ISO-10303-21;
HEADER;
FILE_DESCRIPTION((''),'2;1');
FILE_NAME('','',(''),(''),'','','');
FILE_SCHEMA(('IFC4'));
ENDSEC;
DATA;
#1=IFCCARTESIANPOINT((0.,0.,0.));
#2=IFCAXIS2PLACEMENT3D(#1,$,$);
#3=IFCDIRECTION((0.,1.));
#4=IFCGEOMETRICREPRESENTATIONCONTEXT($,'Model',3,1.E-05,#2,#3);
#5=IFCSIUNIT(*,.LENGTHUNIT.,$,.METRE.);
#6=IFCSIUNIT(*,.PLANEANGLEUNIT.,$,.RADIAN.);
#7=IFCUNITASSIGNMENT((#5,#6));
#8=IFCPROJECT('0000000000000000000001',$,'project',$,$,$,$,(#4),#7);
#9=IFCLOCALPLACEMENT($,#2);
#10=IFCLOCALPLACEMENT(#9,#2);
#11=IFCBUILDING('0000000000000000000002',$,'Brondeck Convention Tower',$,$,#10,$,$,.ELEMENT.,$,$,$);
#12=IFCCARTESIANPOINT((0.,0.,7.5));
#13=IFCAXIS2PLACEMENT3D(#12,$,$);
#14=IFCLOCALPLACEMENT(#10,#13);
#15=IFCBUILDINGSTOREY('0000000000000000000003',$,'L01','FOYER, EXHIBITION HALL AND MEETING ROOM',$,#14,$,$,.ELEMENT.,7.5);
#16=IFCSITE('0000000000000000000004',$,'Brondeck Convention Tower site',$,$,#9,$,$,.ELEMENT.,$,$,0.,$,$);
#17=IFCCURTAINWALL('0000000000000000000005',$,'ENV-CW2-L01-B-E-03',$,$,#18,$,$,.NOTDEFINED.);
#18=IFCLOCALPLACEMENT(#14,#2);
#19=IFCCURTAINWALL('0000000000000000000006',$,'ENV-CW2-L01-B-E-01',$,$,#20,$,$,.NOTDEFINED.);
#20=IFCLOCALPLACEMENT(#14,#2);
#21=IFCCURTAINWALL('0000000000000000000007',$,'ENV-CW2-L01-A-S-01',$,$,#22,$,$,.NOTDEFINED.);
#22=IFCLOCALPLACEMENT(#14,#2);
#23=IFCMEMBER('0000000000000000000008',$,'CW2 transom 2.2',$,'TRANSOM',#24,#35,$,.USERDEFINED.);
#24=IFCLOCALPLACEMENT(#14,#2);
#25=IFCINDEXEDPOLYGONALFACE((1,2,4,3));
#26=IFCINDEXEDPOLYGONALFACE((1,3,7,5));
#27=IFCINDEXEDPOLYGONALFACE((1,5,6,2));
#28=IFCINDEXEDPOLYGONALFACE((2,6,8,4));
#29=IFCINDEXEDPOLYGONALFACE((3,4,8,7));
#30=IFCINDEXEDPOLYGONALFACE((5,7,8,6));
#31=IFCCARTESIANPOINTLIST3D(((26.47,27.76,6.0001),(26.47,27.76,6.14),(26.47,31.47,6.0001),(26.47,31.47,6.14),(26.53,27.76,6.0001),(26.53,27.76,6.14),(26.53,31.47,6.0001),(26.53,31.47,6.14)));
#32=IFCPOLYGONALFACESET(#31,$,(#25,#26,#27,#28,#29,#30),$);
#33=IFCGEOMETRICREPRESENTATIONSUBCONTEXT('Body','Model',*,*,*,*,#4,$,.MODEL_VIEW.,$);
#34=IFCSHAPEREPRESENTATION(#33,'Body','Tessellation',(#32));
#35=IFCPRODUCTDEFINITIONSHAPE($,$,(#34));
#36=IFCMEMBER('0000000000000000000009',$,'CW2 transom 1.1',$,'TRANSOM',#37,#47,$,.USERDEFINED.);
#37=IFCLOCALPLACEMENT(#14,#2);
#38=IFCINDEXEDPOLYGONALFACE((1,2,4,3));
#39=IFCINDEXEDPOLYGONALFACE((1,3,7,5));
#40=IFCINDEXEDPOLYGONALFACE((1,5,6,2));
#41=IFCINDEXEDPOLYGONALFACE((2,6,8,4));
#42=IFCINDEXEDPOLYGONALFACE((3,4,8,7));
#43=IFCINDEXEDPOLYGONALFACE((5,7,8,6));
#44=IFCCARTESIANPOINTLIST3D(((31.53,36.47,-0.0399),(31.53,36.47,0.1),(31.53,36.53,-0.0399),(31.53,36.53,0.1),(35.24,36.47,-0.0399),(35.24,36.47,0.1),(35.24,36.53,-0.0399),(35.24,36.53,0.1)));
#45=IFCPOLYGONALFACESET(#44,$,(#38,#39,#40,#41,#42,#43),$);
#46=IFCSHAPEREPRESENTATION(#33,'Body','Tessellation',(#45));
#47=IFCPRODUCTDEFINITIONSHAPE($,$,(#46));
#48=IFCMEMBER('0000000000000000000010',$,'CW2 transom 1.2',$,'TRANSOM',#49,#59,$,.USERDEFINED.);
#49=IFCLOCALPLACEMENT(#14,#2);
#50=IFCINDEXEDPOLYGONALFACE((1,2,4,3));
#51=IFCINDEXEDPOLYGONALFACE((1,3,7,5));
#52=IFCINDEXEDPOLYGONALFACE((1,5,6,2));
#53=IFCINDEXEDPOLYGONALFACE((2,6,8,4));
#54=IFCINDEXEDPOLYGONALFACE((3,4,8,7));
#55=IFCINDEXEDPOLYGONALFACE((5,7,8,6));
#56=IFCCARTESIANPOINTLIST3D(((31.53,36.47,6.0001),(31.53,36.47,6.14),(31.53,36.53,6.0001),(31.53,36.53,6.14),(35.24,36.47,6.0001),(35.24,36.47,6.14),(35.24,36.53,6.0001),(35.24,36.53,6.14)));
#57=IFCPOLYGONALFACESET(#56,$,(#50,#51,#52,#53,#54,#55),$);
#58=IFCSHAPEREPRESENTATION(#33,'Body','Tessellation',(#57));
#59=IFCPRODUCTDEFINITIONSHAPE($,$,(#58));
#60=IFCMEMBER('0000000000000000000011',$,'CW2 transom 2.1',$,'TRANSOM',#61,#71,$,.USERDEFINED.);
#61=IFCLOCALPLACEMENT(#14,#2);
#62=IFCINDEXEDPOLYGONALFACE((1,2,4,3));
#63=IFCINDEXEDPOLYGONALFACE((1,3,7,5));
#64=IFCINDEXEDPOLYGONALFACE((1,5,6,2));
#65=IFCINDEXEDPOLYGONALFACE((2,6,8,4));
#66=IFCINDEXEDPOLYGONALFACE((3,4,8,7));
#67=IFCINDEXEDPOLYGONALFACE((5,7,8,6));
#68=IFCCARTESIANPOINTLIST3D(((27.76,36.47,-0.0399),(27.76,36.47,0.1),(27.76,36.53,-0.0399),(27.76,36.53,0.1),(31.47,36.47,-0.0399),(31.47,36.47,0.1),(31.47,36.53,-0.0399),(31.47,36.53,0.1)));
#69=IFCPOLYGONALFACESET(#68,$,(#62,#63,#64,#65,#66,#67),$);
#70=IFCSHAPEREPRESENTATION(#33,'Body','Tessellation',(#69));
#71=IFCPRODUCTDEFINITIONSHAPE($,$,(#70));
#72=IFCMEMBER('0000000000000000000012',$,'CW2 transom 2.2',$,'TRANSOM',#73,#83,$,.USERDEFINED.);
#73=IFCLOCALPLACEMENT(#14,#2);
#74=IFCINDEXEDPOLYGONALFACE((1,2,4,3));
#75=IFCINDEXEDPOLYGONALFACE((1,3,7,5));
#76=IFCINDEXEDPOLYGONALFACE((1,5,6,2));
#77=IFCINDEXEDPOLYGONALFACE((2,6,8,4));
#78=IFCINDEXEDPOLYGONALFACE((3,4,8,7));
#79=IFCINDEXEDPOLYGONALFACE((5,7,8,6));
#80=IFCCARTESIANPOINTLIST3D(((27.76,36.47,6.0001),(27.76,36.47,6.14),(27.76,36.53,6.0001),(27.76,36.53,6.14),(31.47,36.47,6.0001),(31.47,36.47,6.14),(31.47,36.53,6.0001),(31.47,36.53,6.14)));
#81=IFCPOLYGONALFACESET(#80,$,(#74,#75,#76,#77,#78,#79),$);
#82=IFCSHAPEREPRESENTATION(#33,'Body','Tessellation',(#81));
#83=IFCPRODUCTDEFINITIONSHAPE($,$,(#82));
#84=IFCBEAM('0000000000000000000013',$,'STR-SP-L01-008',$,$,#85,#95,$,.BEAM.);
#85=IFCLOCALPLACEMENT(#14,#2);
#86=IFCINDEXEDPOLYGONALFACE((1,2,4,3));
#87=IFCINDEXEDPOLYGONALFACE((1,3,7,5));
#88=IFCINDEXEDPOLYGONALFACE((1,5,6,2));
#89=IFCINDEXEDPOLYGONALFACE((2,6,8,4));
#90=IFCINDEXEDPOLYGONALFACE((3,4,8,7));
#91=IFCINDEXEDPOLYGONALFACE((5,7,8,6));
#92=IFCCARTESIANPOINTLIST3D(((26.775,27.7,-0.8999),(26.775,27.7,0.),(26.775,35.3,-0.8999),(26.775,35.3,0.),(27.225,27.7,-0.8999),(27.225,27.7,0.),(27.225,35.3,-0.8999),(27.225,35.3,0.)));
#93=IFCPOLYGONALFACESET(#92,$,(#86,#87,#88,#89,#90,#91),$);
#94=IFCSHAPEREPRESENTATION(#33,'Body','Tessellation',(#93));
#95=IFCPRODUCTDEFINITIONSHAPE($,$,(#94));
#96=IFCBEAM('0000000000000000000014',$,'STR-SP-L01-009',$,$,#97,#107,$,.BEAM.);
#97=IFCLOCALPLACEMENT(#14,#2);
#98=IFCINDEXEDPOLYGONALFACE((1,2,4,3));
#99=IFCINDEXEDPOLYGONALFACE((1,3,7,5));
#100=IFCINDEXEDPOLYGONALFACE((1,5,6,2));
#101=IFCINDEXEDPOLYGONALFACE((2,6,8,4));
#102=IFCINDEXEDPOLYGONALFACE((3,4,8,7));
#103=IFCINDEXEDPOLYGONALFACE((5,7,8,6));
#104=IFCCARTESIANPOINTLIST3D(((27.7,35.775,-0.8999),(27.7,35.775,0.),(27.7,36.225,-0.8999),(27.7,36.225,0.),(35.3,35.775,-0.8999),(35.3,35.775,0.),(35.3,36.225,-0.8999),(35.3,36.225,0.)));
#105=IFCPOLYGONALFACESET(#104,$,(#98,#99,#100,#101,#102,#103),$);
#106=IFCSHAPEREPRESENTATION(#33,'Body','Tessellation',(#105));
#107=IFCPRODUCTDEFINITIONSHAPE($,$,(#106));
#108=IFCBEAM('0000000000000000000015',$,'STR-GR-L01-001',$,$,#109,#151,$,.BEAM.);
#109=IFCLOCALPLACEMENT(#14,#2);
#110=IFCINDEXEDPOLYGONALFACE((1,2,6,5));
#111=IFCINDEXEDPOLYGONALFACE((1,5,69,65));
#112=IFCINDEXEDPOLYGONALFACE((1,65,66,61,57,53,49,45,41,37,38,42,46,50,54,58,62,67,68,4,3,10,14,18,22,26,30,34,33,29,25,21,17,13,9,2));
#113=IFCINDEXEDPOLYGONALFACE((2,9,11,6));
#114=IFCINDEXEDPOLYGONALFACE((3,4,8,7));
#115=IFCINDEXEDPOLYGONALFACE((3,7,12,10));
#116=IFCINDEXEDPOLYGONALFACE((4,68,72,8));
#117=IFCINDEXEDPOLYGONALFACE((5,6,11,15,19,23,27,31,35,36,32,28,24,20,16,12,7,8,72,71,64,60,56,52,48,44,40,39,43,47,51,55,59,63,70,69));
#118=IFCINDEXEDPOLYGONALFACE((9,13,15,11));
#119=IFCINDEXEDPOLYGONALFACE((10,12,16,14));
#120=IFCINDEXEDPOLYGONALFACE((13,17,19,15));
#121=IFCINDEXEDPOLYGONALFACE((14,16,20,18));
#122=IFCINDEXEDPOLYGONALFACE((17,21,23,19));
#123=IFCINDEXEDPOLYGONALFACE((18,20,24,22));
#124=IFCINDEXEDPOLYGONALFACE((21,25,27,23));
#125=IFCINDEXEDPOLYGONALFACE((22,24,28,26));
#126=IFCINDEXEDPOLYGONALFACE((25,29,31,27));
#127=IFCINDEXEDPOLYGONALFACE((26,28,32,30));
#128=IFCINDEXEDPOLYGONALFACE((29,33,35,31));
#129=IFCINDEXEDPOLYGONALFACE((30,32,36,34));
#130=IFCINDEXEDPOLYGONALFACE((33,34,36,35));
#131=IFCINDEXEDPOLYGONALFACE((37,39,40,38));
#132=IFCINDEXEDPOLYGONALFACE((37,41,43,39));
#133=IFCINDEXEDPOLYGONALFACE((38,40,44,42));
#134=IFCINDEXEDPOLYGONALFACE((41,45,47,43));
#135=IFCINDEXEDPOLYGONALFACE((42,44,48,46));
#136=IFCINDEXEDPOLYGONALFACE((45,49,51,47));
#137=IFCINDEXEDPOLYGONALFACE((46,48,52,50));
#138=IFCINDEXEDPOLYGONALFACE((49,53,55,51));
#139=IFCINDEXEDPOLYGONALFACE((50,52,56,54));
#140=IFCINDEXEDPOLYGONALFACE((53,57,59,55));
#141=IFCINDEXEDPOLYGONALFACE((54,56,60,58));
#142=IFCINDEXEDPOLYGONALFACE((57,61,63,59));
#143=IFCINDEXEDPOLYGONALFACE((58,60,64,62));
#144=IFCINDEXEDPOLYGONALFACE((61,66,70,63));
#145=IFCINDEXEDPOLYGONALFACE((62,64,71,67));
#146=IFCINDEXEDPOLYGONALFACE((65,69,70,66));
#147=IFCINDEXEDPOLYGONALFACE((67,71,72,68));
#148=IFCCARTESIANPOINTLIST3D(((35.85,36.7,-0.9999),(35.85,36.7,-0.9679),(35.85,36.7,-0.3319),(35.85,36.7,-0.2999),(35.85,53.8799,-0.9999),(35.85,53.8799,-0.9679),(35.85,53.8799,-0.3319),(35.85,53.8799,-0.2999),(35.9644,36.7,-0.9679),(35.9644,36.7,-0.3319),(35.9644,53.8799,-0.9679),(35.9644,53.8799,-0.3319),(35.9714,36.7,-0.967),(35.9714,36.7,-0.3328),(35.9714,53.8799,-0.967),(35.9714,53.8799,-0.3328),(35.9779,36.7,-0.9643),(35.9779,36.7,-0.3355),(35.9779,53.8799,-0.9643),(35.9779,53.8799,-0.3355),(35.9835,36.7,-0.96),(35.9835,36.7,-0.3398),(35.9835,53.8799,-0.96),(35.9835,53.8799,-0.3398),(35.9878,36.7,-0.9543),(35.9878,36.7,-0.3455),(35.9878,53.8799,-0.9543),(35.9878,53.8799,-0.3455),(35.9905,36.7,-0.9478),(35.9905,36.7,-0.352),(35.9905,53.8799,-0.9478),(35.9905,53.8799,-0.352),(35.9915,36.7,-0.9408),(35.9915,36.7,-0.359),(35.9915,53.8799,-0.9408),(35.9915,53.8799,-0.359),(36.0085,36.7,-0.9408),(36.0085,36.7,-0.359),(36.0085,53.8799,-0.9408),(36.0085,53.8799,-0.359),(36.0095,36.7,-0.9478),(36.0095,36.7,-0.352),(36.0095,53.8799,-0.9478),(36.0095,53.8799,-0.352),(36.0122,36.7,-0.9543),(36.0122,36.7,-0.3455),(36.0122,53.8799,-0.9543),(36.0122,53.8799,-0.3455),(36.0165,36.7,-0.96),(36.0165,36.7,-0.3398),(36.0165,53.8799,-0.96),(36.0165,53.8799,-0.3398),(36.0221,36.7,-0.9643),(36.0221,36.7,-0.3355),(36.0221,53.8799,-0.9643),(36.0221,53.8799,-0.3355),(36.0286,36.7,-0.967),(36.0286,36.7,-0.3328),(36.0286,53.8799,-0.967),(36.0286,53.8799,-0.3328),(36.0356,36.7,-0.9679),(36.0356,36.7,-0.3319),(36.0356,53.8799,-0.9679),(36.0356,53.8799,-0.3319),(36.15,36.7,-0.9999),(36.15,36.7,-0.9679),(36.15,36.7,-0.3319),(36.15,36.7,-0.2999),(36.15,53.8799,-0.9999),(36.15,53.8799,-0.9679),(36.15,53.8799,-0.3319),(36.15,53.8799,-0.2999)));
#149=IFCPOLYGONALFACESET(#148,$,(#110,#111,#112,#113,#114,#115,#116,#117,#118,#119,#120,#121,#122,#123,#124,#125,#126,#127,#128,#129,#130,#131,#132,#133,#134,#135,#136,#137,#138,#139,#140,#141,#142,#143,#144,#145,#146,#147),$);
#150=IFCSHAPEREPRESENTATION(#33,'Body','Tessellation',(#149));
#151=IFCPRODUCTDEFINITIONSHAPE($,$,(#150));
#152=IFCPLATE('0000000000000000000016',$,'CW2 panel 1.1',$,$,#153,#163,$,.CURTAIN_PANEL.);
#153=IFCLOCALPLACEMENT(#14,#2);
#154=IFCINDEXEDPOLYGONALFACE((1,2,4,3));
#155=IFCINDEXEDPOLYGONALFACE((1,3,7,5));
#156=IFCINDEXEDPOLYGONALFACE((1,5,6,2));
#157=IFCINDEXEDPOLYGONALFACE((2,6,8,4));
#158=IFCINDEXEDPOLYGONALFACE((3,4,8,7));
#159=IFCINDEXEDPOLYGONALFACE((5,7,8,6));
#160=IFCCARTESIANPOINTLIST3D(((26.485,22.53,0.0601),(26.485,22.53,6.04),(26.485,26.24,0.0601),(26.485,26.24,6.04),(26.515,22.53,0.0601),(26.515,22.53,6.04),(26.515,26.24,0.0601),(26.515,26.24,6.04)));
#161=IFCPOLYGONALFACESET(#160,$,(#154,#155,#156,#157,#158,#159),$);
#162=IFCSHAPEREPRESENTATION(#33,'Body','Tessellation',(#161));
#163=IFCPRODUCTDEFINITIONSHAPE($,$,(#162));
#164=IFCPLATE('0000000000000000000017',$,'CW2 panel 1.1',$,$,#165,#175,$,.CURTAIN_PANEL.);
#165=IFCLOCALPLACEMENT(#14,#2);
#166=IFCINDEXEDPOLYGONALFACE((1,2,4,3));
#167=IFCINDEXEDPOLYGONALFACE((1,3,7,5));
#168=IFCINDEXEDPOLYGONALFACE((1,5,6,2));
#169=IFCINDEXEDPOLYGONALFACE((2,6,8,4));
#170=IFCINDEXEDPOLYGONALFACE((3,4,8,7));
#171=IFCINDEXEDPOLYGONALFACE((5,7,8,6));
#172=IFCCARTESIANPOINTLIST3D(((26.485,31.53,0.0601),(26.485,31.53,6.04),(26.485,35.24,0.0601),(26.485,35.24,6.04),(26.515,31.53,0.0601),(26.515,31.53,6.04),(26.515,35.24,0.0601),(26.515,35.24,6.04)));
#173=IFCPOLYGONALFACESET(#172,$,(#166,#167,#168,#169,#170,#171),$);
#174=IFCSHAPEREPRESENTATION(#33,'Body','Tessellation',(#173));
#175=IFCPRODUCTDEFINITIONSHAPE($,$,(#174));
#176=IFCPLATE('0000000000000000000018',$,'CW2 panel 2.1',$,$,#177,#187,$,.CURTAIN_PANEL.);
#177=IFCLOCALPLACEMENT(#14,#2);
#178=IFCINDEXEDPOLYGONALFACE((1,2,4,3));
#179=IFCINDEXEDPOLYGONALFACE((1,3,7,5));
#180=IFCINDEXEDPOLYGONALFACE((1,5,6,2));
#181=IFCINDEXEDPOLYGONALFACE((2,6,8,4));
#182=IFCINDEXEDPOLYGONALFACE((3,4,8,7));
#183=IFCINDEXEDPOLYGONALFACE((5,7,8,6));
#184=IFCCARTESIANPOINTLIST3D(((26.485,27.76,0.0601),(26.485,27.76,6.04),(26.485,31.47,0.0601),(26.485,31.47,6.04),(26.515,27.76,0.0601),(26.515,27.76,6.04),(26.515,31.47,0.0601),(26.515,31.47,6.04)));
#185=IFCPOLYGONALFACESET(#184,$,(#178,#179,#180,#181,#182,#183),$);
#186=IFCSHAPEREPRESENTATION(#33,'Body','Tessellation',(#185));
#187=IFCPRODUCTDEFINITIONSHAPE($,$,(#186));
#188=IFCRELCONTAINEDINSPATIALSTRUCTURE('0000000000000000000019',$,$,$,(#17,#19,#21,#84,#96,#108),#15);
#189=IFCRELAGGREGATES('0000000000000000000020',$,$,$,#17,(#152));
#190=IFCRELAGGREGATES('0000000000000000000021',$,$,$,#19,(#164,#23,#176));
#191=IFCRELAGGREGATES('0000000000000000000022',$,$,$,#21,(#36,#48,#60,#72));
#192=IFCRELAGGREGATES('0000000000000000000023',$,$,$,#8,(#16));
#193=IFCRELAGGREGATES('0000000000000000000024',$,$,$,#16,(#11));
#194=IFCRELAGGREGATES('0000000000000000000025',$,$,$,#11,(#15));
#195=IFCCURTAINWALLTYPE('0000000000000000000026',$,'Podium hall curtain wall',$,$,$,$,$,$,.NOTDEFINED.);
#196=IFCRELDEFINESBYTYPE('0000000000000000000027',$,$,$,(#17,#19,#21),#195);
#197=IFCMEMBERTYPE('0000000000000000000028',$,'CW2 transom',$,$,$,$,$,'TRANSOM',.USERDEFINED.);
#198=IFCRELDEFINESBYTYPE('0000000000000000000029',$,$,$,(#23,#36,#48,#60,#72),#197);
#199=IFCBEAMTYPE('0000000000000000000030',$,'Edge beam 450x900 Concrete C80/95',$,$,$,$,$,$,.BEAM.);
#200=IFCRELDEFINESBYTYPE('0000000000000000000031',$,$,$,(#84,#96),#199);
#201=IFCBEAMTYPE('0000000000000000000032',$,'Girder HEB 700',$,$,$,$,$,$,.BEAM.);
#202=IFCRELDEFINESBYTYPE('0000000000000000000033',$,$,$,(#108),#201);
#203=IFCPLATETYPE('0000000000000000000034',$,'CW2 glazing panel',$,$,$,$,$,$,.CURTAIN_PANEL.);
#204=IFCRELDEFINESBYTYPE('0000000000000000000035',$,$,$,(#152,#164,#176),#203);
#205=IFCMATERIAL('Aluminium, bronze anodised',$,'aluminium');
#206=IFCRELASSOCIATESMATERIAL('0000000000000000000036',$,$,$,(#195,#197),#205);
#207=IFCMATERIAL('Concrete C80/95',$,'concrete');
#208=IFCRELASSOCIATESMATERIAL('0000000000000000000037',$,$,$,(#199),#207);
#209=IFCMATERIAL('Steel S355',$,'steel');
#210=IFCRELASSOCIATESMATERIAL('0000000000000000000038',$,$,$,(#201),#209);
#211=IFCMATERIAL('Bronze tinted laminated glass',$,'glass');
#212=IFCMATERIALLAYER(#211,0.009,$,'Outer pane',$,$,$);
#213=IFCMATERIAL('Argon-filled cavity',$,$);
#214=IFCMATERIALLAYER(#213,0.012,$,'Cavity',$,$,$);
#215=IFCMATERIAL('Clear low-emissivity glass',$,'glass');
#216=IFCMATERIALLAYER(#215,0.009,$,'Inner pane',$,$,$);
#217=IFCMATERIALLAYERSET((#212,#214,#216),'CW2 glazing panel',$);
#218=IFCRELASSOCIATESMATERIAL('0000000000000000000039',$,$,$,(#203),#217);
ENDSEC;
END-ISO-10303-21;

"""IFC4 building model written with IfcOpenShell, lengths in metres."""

from ifc_helpers import new_model, si_unit, direction, frame, origin, origin_2d, place, context, subcontext, project, spatial, rectangle, i_section, extrude, material, layer, layer_set, material_profile, profile_set, type_object, element, aggregate, save


model = new_model("IFC4")

# Units and contexts
model_context = context("Model", 3, precision=1e-05, world=origin(), true_north=direction((0.0, 1.0)))
body_context = subcontext(model_context, "Body", "Model", "MODEL_VIEW")
ifc_project = project(units=[si_unit("LENGTHUNIT", "METRE"), si_unit("PLANEANGLEUNIT", "RADIAN")], contexts=[model_context])

# Site, building, storey
site_placement = place(None, origin())
site = spatial("IfcSite", under=ifc_project, at=site_placement, Name="Brondeck Convention Tower site", CompositionType="ELEMENT", RefElevation=0.0)
building_placement = place(site_placement, origin())
building = spatial("IfcBuilding", under=site, at=building_placement, Name="Brondeck Convention Tower", CompositionType="ELEMENT")
storey_placement = place(building_placement, frame((0.0, 0.0, 7.5)))
storey = spatial("IfcBuildingStorey", under=building, at=storey_placement, Name="L01", Description="FOYER, EXHIBITION HALL AND MEETING ROOM", CompositionType="ELEMENT", Elevation=7.5)

# Shared definitions
ifc_material_1 = material(Name="Concrete C80/95", Category="concrete")

# Curtain wall
ifc_material_2 = material(Name="Aluminium, bronze anodised", Category="aluminium")
curtain_wall_type = type_object("IfcCurtainWallType", Name="Podium hall curtain wall", PredefinedType="NOTDEFINED", material=ifc_material_2)
curtain_wall_1_placement = place(storey_placement, origin())
curtain_wall_1 = element("IfcCurtainWall", 1, at=curtain_wall_1_placement, inside=storey, type_object=curtain_wall_type, Name="ENV-CW2-L01-B-E-03", PredefinedType="NOTDEFINED")

# Curtain walls
curtain_wall_2_placement = place(storey_placement, origin())
curtain_wall_2 = element("IfcCurtainWall", 2, at=curtain_wall_2_placement, inside=storey, type_object=curtain_wall_type, Name="ENV-CW2-L01-B-E-01", PredefinedType="NOTDEFINED")
curtain_wall_3_placement = place(storey_placement, origin())
curtain_wall_3 = element("IfcCurtainWall", 3, at=curtain_wall_3_placement, inside=storey, type_object=curtain_wall_type, Name="ENV-CW2-L01-A-S-01", PredefinedType="NOTDEFINED")

# Members
ifc_material_profile_1 = material_profile(ifc_material_2, rectangle(XDim=0.0601, YDim=0.1399, at=origin_2d()), Name="CW2 transom")
ifc_profile_set_1 = profile_set([ifc_material_profile_1], Name="Aluminium, bronze anodised")
member_type_1 = type_object("IfcMemberType", Name="CW2 transom", ElementType="TRANSOM", PredefinedType="USERDEFINED", material=ifc_profile_set_1)
member_1_placement = place(storey_placement, frame((26.5, 31.47, 6.0701), z_axis=(0.0, -1.0, 0.0), x_axis=(1.0, 0.0, 0.0)))
member_1 = element("IfcMember", 4, at=member_1_placement, type_object=member_type_1, Name="CW2 transom 2.2", ObjectType="TRANSOM", PredefinedType="USERDEFINED", context=body_context, shape_type="SweptSolid", body=[
    extrude(rectangle(XDim=0.0601, YDim=0.1399, at=origin_2d()), origin(), (0.0, 0.0, 1.0), 3.71),
])
member_2_placement = place(storey_placement, frame((35.24, 36.5, 0.03), z_axis=(-1.0, 0.0, 0.0), x_axis=(0.0, -1.0, 0.0)))
member_2 = element("IfcMember", 5, at=member_2_placement, type_object=member_type_1, Name="CW2 transom 1.1", ObjectType="TRANSOM", PredefinedType="USERDEFINED", context=body_context, shape_type="SweptSolid", body=[
    extrude(rectangle(XDim=0.0601, YDim=0.1399, at=origin_2d()), origin(), (0.0, 0.0, 1.0), 3.71),
])
member_3_placement = place(storey_placement, frame((35.24, 36.5, 6.0701), z_axis=(-1.0, 0.0, 0.0), x_axis=(0.0, -1.0, 0.0)))
member_3 = element("IfcMember", 6, at=member_3_placement, type_object=member_type_1, Name="CW2 transom 1.2", ObjectType="TRANSOM", PredefinedType="USERDEFINED", context=body_context, shape_type="SweptSolid", body=[
    extrude(rectangle(XDim=0.0601, YDim=0.1399, at=origin_2d()), origin(), (0.0, 0.0, 1.0), 3.71),
])
member_4_placement = place(storey_placement, frame((31.47, 36.5, 0.03), z_axis=(-1.0, 0.0, 0.0), x_axis=(0.0, -1.0, 0.0)))
member_4 = element("IfcMember", 7, at=member_4_placement, type_object=member_type_1, Name="CW2 transom 2.1", ObjectType="TRANSOM", PredefinedType="USERDEFINED", context=body_context, shape_type="SweptSolid", body=[
    extrude(rectangle(XDim=0.0601, YDim=0.1399, at=origin_2d()), origin(), (0.0, 0.0, 1.0), 3.71),
])
member_5_placement = place(storey_placement, frame((31.47, 36.5, 6.0701), z_axis=(-1.0, 0.0, 0.0), x_axis=(0.0, -1.0, 0.0)))
member_5 = element("IfcMember", 8, at=member_5_placement, type_object=member_type_1, Name="CW2 transom 2.2", ObjectType="TRANSOM", PredefinedType="USERDEFINED", context=body_context, shape_type="SweptSolid", body=[
    extrude(rectangle(XDim=0.0601, YDim=0.1399, at=origin_2d()), origin(), (0.0, 0.0, 1.0), 3.71),
])

# Beams
ifc_material_profile_2 = material_profile(ifc_material_1, rectangle(XDim=0.45, YDim=0.8999, at=origin_2d()), Name="Edge beam 450x900 Concrete C80/95")
ifc_profile_set_2 = profile_set([ifc_material_profile_2], Name="Concrete C80/95")
beam_type_1 = type_object("IfcBeamType", Name="Edge beam 450x900 Concrete C80/95", PredefinedType="BEAM", material=ifc_profile_set_2)
for number, where, z_axis, x_axis, name in (
    (9, (27.0, 27.7, -0.45), (0.0, 1.0, 0.0), (-1.0, 0.0, 0.0), "STR-SP-L01-008"),
    (10, (27.7, 36.0, -0.45), (1.0, 0.0, 0.0), (0.0, 1.0, 0.0), "STR-SP-L01-009"),
):
    element("IfcBeam", number, at=place(storey_placement, frame(where, z_axis=z_axis, x_axis=x_axis)), inside=storey, type_object=beam_type_1, Name=name, PredefinedType="BEAM", context=body_context, shape_type="SweptSolid", body=[
        extrude(rectangle(XDim=0.45, YDim=0.8999, at=origin_2d()), origin(), (0.0, 0.0, 1.0), 7.6001),
    ])
ifc_material_3 = material(Name="Steel S355", Category="steel")
ifc_material_profile_3 = material_profile(ifc_material_3, i_section(OverallWidth=0.3, OverallDepth=0.7, WebThickness=0.0171, FlangeThickness=0.032, FilletRadius=0.0271, at=origin_2d()), Name="HEB 700")
ifc_profile_set_3 = profile_set([ifc_material_profile_3], Name="Steel S355")
beam_type_2 = type_object("IfcBeamType", Name="Girder HEB 700", PredefinedType="BEAM", material=ifc_profile_set_3)
beam_placement = place(storey_placement, frame((36.0, 36.7, -0.6499), z_axis=(0.0, 1.0, 0.0), x_axis=(-1.0, 0.0, 0.0)))
element("IfcBeam", 11, at=beam_placement, inside=storey, type_object=beam_type_2, Name="STR-GR-L01-001", PredefinedType="BEAM", context=body_context, shape_type="SweptSolid", body=[
    extrude(i_section(OverallWidth=0.3, OverallDepth=0.7, WebThickness=0.0171, FlangeThickness=0.032, FilletRadius=0.0271, at=origin_2d()), origin(), (0.0, 0.0, 1.0), 17.1799),
])

# Plates
ifc_material_4 = material(Name="Bronze tinted laminated glass", Category="glass")
ifc_layer_1 = layer(ifc_material_4, 0.009, Name="Outer pane")
ifc_material_5 = material(Name="Argon-filled cavity")
ifc_layer_2 = layer(ifc_material_5, 0.012, Name="Cavity")
ifc_material_6 = material(Name="Clear low-emissivity glass", Category="glass")
ifc_layer_3 = layer(ifc_material_6, 0.009, Name="Inner pane")
ifc_layer_set_1 = layer_set([ifc_layer_1, ifc_layer_2, ifc_layer_3], Name="CW2 glazing panel")
plate_type = type_object("IfcPlateType", Name="CW2 glazing panel", PredefinedType="CURTAIN_PANEL", material=ifc_layer_set_1)
plate_1_placement = place(storey_placement, frame((26.5, 24.385, 0.0601), z_axis=(0.0, 0.0, 1.0), x_axis=(0.0, -1.0, 0.0)))
plate_1 = element("IfcPlate", 12, at=plate_1_placement, type_object=plate_type, Name="CW2 panel 1.1", PredefinedType="CURTAIN_PANEL", context=body_context, shape_type="SweptSolid", body=[
    extrude(rectangle(XDim=3.71, YDim=0.03, at=origin_2d()), origin(), (0.0, 0.0, 1.0), 5.98),
])
aggregate(curtain_wall_1, [plate_1])
plate_2_placement = place(storey_placement, frame((26.5, 33.385, 0.0601), z_axis=(0.0, 0.0, 1.0), x_axis=(0.0, -1.0, 0.0)))
plate_2 = element("IfcPlate", 13, at=plate_2_placement, type_object=plate_type, Name="CW2 panel 1.1", PredefinedType="CURTAIN_PANEL", context=body_context, shape_type="SweptSolid", body=[
    extrude(rectangle(XDim=3.71, YDim=0.03, at=origin_2d()), origin(), (0.0, 0.0, 1.0), 5.98),
])
plate_3_placement = place(storey_placement, frame((26.5, 29.615, 0.0601), z_axis=(0.0, 0.0, 1.0), x_axis=(0.0, -1.0, 0.0)))
plate_3 = element("IfcPlate", 14, at=plate_3_placement, type_object=plate_type, Name="CW2 panel 2.1", PredefinedType="CURTAIN_PANEL", context=body_context, shape_type="SweptSolid", body=[
    extrude(rectangle(XDim=3.71, YDim=0.03, at=origin_2d()), origin(), (0.0, 0.0, 1.0), 5.98),
])
aggregate(curtain_wall_2, [plate_2, member_1, plate_3])
aggregate(curtain_wall_3, [member_2, member_3, member_4, member_5])

save(model, "model.ifc")
